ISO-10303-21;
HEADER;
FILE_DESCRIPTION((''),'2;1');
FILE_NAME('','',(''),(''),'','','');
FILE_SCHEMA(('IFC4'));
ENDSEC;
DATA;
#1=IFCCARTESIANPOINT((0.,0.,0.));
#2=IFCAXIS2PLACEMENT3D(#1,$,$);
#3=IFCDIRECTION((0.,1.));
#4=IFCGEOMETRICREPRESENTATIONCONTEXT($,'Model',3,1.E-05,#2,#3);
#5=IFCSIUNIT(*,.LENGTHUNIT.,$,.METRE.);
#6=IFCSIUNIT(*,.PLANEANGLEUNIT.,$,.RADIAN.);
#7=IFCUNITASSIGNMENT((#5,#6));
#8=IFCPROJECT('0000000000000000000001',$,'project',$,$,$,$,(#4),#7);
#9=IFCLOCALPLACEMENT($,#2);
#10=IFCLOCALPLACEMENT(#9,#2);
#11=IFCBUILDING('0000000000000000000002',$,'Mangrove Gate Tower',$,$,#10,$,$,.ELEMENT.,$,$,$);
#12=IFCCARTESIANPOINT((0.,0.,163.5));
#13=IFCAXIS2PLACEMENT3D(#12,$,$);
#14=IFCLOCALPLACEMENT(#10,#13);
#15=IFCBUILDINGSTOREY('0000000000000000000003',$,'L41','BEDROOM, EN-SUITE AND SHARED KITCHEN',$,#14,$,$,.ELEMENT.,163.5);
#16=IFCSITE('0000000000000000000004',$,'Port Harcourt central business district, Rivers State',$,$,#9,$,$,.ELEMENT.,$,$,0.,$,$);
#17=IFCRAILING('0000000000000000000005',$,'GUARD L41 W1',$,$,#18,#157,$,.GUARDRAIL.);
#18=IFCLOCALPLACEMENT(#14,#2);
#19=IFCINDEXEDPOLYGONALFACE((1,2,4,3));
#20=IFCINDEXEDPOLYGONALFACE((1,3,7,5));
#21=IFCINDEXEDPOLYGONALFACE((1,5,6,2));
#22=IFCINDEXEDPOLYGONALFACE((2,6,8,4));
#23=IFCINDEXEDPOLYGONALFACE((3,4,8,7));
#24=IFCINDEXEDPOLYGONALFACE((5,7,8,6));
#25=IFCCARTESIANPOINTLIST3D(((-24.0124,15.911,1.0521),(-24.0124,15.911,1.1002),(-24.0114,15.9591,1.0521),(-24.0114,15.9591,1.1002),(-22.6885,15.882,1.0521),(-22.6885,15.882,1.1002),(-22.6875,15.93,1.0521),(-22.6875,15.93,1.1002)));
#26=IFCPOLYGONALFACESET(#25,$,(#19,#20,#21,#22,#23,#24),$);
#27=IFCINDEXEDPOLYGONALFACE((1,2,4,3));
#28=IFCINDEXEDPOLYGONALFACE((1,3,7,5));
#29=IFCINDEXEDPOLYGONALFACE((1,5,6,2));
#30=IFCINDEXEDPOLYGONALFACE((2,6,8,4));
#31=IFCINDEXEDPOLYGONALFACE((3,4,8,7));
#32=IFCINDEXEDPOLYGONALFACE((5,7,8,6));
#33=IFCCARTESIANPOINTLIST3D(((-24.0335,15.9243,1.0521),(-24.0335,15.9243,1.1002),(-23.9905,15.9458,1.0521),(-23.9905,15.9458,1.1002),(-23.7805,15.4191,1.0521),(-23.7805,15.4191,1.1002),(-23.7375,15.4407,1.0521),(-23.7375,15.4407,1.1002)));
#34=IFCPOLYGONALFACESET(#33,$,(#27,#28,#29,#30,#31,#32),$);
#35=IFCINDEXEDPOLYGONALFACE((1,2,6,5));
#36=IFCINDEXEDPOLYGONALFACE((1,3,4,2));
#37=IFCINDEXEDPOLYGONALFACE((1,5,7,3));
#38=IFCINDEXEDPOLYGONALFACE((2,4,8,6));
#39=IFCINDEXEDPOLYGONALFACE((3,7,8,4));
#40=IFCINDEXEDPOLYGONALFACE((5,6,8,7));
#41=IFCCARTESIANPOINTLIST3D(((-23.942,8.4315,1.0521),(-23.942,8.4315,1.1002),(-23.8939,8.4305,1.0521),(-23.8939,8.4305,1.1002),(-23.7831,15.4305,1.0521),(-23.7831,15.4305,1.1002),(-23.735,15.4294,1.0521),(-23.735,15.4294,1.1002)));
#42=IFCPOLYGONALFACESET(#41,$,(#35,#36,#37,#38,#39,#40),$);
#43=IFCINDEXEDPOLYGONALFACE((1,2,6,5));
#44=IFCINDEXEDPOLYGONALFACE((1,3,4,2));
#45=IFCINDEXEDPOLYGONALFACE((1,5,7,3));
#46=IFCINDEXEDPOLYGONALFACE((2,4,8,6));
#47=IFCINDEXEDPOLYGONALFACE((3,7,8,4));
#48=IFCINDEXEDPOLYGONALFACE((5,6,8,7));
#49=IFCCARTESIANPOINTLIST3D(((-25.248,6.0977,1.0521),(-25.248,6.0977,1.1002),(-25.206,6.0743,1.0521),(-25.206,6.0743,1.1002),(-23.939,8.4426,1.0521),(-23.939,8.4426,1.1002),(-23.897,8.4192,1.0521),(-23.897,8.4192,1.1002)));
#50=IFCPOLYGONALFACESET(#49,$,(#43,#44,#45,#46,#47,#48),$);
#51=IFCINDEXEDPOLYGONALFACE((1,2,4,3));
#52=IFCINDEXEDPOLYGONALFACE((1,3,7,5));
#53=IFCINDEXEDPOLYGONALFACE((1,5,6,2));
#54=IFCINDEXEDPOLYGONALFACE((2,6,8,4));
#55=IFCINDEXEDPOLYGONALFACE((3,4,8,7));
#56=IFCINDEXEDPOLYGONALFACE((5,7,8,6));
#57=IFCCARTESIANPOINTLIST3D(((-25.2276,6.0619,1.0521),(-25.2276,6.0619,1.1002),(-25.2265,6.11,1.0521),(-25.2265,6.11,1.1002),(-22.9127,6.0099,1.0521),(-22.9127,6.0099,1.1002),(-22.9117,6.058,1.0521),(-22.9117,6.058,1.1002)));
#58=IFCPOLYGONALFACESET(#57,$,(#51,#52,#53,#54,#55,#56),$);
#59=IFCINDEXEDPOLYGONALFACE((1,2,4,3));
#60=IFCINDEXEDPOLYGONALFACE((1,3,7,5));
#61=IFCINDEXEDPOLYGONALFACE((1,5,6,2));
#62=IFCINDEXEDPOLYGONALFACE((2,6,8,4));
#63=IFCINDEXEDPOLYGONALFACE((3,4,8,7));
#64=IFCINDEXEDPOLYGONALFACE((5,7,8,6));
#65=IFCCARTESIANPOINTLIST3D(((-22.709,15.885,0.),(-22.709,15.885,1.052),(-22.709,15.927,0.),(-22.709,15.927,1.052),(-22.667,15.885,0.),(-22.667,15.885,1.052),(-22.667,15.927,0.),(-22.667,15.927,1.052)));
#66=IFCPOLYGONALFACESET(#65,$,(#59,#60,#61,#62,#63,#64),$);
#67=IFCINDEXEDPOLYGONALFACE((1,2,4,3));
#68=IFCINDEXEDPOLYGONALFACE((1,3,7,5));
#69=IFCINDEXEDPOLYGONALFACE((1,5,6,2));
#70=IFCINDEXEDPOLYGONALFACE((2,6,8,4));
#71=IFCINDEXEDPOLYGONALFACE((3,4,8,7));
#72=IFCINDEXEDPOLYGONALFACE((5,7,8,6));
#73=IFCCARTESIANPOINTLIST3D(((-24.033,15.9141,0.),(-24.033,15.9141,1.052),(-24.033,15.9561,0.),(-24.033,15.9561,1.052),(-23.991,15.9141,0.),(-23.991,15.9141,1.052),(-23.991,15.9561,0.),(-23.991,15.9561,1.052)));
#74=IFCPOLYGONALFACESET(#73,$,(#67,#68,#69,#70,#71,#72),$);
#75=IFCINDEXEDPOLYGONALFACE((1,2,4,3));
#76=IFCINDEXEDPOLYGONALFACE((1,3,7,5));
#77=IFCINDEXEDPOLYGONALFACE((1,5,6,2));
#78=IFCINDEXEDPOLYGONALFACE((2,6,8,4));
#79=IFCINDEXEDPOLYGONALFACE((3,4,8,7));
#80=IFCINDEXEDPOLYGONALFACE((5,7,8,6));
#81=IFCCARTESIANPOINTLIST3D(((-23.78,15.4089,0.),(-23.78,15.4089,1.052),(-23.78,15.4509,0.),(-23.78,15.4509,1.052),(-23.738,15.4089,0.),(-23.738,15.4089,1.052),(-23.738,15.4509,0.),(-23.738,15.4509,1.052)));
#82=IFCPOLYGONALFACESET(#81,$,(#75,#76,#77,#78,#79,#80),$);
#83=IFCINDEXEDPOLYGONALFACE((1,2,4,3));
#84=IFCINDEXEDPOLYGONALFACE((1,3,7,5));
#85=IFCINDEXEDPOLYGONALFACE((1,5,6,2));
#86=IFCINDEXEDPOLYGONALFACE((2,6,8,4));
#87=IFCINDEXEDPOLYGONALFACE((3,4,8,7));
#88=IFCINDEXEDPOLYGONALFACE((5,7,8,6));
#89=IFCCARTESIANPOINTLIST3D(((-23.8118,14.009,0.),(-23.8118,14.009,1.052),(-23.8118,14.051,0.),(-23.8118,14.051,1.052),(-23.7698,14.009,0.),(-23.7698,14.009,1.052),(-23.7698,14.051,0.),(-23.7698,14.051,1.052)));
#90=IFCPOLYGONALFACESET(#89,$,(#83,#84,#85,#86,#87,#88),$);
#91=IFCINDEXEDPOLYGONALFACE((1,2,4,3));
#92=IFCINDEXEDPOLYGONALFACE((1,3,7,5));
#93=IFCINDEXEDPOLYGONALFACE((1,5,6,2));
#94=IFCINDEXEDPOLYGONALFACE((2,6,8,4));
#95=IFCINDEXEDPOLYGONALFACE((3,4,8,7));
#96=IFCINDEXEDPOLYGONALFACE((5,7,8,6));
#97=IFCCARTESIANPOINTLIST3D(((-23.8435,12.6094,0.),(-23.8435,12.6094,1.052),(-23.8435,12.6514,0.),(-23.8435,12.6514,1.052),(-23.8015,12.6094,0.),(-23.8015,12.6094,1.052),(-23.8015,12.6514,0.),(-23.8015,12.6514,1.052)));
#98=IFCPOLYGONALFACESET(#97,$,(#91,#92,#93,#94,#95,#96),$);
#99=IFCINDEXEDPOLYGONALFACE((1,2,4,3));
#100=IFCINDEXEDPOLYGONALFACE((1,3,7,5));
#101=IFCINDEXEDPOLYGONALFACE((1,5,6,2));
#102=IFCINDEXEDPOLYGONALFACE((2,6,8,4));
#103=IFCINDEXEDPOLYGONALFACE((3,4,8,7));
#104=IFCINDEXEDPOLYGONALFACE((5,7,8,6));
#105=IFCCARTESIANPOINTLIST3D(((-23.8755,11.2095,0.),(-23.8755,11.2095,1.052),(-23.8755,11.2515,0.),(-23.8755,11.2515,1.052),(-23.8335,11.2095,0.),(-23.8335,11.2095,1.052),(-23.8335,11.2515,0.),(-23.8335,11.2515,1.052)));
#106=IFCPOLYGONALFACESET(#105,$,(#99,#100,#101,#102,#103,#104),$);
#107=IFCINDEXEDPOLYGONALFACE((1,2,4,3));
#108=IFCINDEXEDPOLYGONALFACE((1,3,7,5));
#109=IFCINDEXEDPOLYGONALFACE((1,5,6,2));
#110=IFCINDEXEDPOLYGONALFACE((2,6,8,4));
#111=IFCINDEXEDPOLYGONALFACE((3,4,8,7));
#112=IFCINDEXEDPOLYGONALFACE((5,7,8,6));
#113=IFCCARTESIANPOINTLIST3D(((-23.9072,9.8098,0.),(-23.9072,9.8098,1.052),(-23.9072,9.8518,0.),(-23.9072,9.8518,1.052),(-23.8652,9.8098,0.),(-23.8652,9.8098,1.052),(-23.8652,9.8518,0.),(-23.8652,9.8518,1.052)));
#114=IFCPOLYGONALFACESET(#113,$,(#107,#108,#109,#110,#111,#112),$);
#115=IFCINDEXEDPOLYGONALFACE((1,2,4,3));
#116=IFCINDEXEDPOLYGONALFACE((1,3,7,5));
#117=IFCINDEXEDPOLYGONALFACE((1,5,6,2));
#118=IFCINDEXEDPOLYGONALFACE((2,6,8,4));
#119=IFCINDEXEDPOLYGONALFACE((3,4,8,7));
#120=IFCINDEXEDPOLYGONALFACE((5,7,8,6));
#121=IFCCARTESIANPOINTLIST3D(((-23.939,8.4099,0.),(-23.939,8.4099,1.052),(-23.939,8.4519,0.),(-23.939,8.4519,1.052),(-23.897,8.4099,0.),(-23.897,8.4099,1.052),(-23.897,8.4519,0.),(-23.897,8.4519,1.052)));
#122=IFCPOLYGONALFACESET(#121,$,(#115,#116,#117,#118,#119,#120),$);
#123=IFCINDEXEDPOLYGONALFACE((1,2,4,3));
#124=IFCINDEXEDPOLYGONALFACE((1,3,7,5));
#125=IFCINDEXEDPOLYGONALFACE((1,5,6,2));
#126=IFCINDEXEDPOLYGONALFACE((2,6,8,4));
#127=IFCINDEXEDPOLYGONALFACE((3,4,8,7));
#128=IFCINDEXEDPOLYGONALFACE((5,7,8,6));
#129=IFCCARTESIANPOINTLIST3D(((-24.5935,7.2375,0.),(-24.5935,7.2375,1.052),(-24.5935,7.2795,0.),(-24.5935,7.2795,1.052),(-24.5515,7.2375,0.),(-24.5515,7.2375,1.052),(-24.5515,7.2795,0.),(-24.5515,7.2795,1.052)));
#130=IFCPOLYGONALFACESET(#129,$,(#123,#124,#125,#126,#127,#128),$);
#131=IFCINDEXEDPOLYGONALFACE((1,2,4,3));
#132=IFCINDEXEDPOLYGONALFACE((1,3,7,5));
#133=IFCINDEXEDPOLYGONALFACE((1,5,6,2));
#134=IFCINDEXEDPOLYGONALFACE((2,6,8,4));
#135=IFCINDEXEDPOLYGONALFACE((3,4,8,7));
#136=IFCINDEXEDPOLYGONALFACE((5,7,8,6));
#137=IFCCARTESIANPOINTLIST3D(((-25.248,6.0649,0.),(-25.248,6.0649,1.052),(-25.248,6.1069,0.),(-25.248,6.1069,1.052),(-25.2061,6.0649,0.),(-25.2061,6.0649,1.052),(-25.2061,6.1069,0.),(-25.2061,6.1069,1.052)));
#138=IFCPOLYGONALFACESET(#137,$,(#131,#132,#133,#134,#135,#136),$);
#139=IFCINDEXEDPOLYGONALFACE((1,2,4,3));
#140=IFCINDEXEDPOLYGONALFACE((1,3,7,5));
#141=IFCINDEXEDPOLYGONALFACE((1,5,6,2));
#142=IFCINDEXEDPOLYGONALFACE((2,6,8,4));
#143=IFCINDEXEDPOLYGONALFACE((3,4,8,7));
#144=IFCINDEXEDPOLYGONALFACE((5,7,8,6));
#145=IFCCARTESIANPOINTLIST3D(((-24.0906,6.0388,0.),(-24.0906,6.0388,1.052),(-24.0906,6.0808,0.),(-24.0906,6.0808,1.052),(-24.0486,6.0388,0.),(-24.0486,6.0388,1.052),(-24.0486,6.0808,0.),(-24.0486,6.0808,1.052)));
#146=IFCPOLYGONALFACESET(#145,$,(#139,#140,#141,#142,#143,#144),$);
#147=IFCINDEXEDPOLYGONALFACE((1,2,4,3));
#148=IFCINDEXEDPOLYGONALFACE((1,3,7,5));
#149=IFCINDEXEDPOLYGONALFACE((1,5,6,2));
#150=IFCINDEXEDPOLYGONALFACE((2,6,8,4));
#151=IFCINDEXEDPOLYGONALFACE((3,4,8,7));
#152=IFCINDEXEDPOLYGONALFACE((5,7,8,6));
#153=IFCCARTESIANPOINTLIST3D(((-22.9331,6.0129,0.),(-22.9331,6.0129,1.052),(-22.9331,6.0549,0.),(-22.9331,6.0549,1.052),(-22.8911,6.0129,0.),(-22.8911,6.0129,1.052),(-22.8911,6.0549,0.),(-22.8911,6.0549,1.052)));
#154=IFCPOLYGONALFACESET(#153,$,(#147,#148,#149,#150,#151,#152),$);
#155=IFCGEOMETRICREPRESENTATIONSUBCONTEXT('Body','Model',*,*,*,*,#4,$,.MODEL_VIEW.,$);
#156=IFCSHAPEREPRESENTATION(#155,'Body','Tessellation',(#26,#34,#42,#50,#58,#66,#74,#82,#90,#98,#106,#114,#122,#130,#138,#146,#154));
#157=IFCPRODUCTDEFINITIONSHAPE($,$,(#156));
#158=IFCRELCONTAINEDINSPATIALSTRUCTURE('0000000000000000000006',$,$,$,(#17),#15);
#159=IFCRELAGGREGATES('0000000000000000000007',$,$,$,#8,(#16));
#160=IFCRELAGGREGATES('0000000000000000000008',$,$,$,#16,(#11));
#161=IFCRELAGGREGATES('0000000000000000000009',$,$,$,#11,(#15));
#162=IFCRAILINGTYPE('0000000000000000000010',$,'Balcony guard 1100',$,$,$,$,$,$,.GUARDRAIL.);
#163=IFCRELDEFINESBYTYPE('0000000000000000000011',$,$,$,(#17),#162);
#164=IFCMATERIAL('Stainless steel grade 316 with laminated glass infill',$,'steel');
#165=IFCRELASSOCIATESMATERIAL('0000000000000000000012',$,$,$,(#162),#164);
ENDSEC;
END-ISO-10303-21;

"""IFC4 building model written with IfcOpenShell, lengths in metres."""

from ifc_helpers import new_model, si_unit, direction, frame, origin, origin_2d, place, context, subcontext, project, spatial, rectangle, extrude, material, type_object, element, save


model = new_model("IFC4")

# Units and contexts
model_context = context("Model", 3, precision=1e-05, world=origin(), true_north=direction((0.0, 1.0)))
body_context = subcontext(model_context, "Body", "Model", "MODEL_VIEW")
ifc_project = project(units=[si_unit("LENGTHUNIT", "METRE"), si_unit("PLANEANGLEUNIT", "RADIAN")], contexts=[model_context])

# Site, building, storey
site_placement = place(None, origin())
site = spatial("IfcSite", under=ifc_project, at=site_placement, Name="Port Harcourt central business district, Rivers State", CompositionType="ELEMENT", RefElevation=0.0)
building_placement = place(site_placement, origin())
building = spatial("IfcBuilding", under=site, at=building_placement, Name="Mangrove Gate Tower", CompositionType="ELEMENT")
storey_placement = place(building_placement, frame((0.0, 0.0, 163.5)))
storey = spatial("IfcBuildingStorey", under=building, at=storey_placement, Name="L41", Description="BEDROOM, EN-SUITE AND SHARED KITCHEN", CompositionType="ELEMENT", Elevation=163.5)

# Railing
ifc_material_1 = material(Name="Stainless steel grade 316 with laminated glass infill", Category="steel")
railing_type = type_object("IfcRailingType", Name="Balcony guard 1100", PredefinedType="GUARDRAIL", material=ifc_material_1)
railing_placement = place(storey_placement, frame((-22.688, 15.906, 0.0)))
element("IfcRailing", 1, at=railing_placement, inside=storey, type_object=railing_type, Name="GUARD L41 W1", PredefinedType="GUARDRAIL", context=body_context, shape_type="SweptSolid", body=[
    extrude(rectangle(XDim=0.0481, YDim=0.0481, at=origin_2d()), frame((0.0, 0.0, 1.0762), z_axis=(-0.999759, 0.021938, 0.0), x_axis=(-0.021938, -0.999759, 0.0)), (0.0, 0.0, 1.0), 1.3242),
    extrude(rectangle(XDim=0.0481, YDim=0.0481, at=origin_2d()), frame((-1.324, 0.0291, 1.0762), z_axis=(0.447732, -0.894168, 0.0), x_axis=(0.894168, 0.447732, 0.0)), (0.0, 0.0, 1.0), 0.5649),
    extrude(rectangle(XDim=0.0481, YDim=0.0481, at=origin_2d()), frame((-1.071, -0.4761, 1.0762), z_axis=(-0.022702, -0.999742, 0.0), x_axis=(0.999742, -0.022702, 0.0)), (0.0, 0.0, 1.0), 7.0007),
    extrude(rectangle(XDim=0.0481, YDim=0.0481, at=origin_2d()), frame((-1.23, -7.4751, 1.0762), z_axis=(-0.48744, -0.873156, 0.0), x_axis=(0.873156, -0.48744, 0.0)), (0.0, 0.0, 1.0), 2.6855),
    extrude(rectangle(XDim=0.0481, YDim=0.0481, at=origin_2d()), frame((-2.5391, -9.8201, 1.0762), z_axis=(0.999748, -0.022458, 0.0), x_axis=(0.022458, 0.999748, 0.0)), (0.0, 0.0, 1.0), 2.3154),
    extrude(rectangle(XDim=0.042, YDim=0.042, at=origin_2d()), origin(), (0.0, 0.0, 1.0), 1.052),
    extrude(rectangle(XDim=0.042, YDim=0.042, at=origin_2d()), frame((-1.324, 0.0291, 0.0)), (0.0, 0.0, 1.0), 1.052),
    extrude(rectangle(XDim=0.042, YDim=0.042, at=origin_2d()), frame((-1.071, -0.4761, 0.0)), (0.0, 0.0, 1.0), 1.052),
    extrude(rectangle(XDim=0.042, YDim=0.042, at=origin_2d()), frame((-1.1028, -1.876, 0.0)), (0.0, 0.0, 1.0), 1.052),
    extrude(rectangle(XDim=0.042, YDim=0.042, at=origin_2d()), frame((-1.1345, -3.2756, 0.0)), (0.0, 0.0, 1.0), 1.052),
    extrude(rectangle(XDim=0.042, YDim=0.042, at=origin_2d()), frame((-1.1665, -4.6755, 0.0)), (0.0, 0.0, 1.0), 1.052),
    extrude(rectangle(XDim=0.042, YDim=0.042, at=origin_2d()), frame((-1.1982, -6.0752, 0.0)), (0.0, 0.0, 1.0), 1.052),
    extrude(rectangle(XDim=0.042, YDim=0.042, at=origin_2d()), frame((-1.23, -7.4751, 0.0)), (0.0, 0.0, 1.0), 1.052),
    extrude(rectangle(XDim=0.042, YDim=0.042, at=origin_2d()), frame((-1.8845, -8.6475, 0.0)), (0.0, 0.0, 1.0), 1.052),
    extrude(rectangle(XDim=0.042, YDim=0.042, at=origin_2d()), frame((-2.5391, -9.8201, 0.0)), (0.0, 0.0, 1.0), 1.052),
    extrude(rectangle(XDim=0.042, YDim=0.042, at=origin_2d()), frame((-1.3816, -9.8462, 0.0)), (0.0, 0.0, 1.0), 1.052),
    extrude(rectangle(XDim=0.042, YDim=0.042, at=origin_2d()), frame((-0.2241, -9.8721, 0.0)), (0.0, 0.0, 1.0), 1.052),
])

save(model, "model.ifc")
